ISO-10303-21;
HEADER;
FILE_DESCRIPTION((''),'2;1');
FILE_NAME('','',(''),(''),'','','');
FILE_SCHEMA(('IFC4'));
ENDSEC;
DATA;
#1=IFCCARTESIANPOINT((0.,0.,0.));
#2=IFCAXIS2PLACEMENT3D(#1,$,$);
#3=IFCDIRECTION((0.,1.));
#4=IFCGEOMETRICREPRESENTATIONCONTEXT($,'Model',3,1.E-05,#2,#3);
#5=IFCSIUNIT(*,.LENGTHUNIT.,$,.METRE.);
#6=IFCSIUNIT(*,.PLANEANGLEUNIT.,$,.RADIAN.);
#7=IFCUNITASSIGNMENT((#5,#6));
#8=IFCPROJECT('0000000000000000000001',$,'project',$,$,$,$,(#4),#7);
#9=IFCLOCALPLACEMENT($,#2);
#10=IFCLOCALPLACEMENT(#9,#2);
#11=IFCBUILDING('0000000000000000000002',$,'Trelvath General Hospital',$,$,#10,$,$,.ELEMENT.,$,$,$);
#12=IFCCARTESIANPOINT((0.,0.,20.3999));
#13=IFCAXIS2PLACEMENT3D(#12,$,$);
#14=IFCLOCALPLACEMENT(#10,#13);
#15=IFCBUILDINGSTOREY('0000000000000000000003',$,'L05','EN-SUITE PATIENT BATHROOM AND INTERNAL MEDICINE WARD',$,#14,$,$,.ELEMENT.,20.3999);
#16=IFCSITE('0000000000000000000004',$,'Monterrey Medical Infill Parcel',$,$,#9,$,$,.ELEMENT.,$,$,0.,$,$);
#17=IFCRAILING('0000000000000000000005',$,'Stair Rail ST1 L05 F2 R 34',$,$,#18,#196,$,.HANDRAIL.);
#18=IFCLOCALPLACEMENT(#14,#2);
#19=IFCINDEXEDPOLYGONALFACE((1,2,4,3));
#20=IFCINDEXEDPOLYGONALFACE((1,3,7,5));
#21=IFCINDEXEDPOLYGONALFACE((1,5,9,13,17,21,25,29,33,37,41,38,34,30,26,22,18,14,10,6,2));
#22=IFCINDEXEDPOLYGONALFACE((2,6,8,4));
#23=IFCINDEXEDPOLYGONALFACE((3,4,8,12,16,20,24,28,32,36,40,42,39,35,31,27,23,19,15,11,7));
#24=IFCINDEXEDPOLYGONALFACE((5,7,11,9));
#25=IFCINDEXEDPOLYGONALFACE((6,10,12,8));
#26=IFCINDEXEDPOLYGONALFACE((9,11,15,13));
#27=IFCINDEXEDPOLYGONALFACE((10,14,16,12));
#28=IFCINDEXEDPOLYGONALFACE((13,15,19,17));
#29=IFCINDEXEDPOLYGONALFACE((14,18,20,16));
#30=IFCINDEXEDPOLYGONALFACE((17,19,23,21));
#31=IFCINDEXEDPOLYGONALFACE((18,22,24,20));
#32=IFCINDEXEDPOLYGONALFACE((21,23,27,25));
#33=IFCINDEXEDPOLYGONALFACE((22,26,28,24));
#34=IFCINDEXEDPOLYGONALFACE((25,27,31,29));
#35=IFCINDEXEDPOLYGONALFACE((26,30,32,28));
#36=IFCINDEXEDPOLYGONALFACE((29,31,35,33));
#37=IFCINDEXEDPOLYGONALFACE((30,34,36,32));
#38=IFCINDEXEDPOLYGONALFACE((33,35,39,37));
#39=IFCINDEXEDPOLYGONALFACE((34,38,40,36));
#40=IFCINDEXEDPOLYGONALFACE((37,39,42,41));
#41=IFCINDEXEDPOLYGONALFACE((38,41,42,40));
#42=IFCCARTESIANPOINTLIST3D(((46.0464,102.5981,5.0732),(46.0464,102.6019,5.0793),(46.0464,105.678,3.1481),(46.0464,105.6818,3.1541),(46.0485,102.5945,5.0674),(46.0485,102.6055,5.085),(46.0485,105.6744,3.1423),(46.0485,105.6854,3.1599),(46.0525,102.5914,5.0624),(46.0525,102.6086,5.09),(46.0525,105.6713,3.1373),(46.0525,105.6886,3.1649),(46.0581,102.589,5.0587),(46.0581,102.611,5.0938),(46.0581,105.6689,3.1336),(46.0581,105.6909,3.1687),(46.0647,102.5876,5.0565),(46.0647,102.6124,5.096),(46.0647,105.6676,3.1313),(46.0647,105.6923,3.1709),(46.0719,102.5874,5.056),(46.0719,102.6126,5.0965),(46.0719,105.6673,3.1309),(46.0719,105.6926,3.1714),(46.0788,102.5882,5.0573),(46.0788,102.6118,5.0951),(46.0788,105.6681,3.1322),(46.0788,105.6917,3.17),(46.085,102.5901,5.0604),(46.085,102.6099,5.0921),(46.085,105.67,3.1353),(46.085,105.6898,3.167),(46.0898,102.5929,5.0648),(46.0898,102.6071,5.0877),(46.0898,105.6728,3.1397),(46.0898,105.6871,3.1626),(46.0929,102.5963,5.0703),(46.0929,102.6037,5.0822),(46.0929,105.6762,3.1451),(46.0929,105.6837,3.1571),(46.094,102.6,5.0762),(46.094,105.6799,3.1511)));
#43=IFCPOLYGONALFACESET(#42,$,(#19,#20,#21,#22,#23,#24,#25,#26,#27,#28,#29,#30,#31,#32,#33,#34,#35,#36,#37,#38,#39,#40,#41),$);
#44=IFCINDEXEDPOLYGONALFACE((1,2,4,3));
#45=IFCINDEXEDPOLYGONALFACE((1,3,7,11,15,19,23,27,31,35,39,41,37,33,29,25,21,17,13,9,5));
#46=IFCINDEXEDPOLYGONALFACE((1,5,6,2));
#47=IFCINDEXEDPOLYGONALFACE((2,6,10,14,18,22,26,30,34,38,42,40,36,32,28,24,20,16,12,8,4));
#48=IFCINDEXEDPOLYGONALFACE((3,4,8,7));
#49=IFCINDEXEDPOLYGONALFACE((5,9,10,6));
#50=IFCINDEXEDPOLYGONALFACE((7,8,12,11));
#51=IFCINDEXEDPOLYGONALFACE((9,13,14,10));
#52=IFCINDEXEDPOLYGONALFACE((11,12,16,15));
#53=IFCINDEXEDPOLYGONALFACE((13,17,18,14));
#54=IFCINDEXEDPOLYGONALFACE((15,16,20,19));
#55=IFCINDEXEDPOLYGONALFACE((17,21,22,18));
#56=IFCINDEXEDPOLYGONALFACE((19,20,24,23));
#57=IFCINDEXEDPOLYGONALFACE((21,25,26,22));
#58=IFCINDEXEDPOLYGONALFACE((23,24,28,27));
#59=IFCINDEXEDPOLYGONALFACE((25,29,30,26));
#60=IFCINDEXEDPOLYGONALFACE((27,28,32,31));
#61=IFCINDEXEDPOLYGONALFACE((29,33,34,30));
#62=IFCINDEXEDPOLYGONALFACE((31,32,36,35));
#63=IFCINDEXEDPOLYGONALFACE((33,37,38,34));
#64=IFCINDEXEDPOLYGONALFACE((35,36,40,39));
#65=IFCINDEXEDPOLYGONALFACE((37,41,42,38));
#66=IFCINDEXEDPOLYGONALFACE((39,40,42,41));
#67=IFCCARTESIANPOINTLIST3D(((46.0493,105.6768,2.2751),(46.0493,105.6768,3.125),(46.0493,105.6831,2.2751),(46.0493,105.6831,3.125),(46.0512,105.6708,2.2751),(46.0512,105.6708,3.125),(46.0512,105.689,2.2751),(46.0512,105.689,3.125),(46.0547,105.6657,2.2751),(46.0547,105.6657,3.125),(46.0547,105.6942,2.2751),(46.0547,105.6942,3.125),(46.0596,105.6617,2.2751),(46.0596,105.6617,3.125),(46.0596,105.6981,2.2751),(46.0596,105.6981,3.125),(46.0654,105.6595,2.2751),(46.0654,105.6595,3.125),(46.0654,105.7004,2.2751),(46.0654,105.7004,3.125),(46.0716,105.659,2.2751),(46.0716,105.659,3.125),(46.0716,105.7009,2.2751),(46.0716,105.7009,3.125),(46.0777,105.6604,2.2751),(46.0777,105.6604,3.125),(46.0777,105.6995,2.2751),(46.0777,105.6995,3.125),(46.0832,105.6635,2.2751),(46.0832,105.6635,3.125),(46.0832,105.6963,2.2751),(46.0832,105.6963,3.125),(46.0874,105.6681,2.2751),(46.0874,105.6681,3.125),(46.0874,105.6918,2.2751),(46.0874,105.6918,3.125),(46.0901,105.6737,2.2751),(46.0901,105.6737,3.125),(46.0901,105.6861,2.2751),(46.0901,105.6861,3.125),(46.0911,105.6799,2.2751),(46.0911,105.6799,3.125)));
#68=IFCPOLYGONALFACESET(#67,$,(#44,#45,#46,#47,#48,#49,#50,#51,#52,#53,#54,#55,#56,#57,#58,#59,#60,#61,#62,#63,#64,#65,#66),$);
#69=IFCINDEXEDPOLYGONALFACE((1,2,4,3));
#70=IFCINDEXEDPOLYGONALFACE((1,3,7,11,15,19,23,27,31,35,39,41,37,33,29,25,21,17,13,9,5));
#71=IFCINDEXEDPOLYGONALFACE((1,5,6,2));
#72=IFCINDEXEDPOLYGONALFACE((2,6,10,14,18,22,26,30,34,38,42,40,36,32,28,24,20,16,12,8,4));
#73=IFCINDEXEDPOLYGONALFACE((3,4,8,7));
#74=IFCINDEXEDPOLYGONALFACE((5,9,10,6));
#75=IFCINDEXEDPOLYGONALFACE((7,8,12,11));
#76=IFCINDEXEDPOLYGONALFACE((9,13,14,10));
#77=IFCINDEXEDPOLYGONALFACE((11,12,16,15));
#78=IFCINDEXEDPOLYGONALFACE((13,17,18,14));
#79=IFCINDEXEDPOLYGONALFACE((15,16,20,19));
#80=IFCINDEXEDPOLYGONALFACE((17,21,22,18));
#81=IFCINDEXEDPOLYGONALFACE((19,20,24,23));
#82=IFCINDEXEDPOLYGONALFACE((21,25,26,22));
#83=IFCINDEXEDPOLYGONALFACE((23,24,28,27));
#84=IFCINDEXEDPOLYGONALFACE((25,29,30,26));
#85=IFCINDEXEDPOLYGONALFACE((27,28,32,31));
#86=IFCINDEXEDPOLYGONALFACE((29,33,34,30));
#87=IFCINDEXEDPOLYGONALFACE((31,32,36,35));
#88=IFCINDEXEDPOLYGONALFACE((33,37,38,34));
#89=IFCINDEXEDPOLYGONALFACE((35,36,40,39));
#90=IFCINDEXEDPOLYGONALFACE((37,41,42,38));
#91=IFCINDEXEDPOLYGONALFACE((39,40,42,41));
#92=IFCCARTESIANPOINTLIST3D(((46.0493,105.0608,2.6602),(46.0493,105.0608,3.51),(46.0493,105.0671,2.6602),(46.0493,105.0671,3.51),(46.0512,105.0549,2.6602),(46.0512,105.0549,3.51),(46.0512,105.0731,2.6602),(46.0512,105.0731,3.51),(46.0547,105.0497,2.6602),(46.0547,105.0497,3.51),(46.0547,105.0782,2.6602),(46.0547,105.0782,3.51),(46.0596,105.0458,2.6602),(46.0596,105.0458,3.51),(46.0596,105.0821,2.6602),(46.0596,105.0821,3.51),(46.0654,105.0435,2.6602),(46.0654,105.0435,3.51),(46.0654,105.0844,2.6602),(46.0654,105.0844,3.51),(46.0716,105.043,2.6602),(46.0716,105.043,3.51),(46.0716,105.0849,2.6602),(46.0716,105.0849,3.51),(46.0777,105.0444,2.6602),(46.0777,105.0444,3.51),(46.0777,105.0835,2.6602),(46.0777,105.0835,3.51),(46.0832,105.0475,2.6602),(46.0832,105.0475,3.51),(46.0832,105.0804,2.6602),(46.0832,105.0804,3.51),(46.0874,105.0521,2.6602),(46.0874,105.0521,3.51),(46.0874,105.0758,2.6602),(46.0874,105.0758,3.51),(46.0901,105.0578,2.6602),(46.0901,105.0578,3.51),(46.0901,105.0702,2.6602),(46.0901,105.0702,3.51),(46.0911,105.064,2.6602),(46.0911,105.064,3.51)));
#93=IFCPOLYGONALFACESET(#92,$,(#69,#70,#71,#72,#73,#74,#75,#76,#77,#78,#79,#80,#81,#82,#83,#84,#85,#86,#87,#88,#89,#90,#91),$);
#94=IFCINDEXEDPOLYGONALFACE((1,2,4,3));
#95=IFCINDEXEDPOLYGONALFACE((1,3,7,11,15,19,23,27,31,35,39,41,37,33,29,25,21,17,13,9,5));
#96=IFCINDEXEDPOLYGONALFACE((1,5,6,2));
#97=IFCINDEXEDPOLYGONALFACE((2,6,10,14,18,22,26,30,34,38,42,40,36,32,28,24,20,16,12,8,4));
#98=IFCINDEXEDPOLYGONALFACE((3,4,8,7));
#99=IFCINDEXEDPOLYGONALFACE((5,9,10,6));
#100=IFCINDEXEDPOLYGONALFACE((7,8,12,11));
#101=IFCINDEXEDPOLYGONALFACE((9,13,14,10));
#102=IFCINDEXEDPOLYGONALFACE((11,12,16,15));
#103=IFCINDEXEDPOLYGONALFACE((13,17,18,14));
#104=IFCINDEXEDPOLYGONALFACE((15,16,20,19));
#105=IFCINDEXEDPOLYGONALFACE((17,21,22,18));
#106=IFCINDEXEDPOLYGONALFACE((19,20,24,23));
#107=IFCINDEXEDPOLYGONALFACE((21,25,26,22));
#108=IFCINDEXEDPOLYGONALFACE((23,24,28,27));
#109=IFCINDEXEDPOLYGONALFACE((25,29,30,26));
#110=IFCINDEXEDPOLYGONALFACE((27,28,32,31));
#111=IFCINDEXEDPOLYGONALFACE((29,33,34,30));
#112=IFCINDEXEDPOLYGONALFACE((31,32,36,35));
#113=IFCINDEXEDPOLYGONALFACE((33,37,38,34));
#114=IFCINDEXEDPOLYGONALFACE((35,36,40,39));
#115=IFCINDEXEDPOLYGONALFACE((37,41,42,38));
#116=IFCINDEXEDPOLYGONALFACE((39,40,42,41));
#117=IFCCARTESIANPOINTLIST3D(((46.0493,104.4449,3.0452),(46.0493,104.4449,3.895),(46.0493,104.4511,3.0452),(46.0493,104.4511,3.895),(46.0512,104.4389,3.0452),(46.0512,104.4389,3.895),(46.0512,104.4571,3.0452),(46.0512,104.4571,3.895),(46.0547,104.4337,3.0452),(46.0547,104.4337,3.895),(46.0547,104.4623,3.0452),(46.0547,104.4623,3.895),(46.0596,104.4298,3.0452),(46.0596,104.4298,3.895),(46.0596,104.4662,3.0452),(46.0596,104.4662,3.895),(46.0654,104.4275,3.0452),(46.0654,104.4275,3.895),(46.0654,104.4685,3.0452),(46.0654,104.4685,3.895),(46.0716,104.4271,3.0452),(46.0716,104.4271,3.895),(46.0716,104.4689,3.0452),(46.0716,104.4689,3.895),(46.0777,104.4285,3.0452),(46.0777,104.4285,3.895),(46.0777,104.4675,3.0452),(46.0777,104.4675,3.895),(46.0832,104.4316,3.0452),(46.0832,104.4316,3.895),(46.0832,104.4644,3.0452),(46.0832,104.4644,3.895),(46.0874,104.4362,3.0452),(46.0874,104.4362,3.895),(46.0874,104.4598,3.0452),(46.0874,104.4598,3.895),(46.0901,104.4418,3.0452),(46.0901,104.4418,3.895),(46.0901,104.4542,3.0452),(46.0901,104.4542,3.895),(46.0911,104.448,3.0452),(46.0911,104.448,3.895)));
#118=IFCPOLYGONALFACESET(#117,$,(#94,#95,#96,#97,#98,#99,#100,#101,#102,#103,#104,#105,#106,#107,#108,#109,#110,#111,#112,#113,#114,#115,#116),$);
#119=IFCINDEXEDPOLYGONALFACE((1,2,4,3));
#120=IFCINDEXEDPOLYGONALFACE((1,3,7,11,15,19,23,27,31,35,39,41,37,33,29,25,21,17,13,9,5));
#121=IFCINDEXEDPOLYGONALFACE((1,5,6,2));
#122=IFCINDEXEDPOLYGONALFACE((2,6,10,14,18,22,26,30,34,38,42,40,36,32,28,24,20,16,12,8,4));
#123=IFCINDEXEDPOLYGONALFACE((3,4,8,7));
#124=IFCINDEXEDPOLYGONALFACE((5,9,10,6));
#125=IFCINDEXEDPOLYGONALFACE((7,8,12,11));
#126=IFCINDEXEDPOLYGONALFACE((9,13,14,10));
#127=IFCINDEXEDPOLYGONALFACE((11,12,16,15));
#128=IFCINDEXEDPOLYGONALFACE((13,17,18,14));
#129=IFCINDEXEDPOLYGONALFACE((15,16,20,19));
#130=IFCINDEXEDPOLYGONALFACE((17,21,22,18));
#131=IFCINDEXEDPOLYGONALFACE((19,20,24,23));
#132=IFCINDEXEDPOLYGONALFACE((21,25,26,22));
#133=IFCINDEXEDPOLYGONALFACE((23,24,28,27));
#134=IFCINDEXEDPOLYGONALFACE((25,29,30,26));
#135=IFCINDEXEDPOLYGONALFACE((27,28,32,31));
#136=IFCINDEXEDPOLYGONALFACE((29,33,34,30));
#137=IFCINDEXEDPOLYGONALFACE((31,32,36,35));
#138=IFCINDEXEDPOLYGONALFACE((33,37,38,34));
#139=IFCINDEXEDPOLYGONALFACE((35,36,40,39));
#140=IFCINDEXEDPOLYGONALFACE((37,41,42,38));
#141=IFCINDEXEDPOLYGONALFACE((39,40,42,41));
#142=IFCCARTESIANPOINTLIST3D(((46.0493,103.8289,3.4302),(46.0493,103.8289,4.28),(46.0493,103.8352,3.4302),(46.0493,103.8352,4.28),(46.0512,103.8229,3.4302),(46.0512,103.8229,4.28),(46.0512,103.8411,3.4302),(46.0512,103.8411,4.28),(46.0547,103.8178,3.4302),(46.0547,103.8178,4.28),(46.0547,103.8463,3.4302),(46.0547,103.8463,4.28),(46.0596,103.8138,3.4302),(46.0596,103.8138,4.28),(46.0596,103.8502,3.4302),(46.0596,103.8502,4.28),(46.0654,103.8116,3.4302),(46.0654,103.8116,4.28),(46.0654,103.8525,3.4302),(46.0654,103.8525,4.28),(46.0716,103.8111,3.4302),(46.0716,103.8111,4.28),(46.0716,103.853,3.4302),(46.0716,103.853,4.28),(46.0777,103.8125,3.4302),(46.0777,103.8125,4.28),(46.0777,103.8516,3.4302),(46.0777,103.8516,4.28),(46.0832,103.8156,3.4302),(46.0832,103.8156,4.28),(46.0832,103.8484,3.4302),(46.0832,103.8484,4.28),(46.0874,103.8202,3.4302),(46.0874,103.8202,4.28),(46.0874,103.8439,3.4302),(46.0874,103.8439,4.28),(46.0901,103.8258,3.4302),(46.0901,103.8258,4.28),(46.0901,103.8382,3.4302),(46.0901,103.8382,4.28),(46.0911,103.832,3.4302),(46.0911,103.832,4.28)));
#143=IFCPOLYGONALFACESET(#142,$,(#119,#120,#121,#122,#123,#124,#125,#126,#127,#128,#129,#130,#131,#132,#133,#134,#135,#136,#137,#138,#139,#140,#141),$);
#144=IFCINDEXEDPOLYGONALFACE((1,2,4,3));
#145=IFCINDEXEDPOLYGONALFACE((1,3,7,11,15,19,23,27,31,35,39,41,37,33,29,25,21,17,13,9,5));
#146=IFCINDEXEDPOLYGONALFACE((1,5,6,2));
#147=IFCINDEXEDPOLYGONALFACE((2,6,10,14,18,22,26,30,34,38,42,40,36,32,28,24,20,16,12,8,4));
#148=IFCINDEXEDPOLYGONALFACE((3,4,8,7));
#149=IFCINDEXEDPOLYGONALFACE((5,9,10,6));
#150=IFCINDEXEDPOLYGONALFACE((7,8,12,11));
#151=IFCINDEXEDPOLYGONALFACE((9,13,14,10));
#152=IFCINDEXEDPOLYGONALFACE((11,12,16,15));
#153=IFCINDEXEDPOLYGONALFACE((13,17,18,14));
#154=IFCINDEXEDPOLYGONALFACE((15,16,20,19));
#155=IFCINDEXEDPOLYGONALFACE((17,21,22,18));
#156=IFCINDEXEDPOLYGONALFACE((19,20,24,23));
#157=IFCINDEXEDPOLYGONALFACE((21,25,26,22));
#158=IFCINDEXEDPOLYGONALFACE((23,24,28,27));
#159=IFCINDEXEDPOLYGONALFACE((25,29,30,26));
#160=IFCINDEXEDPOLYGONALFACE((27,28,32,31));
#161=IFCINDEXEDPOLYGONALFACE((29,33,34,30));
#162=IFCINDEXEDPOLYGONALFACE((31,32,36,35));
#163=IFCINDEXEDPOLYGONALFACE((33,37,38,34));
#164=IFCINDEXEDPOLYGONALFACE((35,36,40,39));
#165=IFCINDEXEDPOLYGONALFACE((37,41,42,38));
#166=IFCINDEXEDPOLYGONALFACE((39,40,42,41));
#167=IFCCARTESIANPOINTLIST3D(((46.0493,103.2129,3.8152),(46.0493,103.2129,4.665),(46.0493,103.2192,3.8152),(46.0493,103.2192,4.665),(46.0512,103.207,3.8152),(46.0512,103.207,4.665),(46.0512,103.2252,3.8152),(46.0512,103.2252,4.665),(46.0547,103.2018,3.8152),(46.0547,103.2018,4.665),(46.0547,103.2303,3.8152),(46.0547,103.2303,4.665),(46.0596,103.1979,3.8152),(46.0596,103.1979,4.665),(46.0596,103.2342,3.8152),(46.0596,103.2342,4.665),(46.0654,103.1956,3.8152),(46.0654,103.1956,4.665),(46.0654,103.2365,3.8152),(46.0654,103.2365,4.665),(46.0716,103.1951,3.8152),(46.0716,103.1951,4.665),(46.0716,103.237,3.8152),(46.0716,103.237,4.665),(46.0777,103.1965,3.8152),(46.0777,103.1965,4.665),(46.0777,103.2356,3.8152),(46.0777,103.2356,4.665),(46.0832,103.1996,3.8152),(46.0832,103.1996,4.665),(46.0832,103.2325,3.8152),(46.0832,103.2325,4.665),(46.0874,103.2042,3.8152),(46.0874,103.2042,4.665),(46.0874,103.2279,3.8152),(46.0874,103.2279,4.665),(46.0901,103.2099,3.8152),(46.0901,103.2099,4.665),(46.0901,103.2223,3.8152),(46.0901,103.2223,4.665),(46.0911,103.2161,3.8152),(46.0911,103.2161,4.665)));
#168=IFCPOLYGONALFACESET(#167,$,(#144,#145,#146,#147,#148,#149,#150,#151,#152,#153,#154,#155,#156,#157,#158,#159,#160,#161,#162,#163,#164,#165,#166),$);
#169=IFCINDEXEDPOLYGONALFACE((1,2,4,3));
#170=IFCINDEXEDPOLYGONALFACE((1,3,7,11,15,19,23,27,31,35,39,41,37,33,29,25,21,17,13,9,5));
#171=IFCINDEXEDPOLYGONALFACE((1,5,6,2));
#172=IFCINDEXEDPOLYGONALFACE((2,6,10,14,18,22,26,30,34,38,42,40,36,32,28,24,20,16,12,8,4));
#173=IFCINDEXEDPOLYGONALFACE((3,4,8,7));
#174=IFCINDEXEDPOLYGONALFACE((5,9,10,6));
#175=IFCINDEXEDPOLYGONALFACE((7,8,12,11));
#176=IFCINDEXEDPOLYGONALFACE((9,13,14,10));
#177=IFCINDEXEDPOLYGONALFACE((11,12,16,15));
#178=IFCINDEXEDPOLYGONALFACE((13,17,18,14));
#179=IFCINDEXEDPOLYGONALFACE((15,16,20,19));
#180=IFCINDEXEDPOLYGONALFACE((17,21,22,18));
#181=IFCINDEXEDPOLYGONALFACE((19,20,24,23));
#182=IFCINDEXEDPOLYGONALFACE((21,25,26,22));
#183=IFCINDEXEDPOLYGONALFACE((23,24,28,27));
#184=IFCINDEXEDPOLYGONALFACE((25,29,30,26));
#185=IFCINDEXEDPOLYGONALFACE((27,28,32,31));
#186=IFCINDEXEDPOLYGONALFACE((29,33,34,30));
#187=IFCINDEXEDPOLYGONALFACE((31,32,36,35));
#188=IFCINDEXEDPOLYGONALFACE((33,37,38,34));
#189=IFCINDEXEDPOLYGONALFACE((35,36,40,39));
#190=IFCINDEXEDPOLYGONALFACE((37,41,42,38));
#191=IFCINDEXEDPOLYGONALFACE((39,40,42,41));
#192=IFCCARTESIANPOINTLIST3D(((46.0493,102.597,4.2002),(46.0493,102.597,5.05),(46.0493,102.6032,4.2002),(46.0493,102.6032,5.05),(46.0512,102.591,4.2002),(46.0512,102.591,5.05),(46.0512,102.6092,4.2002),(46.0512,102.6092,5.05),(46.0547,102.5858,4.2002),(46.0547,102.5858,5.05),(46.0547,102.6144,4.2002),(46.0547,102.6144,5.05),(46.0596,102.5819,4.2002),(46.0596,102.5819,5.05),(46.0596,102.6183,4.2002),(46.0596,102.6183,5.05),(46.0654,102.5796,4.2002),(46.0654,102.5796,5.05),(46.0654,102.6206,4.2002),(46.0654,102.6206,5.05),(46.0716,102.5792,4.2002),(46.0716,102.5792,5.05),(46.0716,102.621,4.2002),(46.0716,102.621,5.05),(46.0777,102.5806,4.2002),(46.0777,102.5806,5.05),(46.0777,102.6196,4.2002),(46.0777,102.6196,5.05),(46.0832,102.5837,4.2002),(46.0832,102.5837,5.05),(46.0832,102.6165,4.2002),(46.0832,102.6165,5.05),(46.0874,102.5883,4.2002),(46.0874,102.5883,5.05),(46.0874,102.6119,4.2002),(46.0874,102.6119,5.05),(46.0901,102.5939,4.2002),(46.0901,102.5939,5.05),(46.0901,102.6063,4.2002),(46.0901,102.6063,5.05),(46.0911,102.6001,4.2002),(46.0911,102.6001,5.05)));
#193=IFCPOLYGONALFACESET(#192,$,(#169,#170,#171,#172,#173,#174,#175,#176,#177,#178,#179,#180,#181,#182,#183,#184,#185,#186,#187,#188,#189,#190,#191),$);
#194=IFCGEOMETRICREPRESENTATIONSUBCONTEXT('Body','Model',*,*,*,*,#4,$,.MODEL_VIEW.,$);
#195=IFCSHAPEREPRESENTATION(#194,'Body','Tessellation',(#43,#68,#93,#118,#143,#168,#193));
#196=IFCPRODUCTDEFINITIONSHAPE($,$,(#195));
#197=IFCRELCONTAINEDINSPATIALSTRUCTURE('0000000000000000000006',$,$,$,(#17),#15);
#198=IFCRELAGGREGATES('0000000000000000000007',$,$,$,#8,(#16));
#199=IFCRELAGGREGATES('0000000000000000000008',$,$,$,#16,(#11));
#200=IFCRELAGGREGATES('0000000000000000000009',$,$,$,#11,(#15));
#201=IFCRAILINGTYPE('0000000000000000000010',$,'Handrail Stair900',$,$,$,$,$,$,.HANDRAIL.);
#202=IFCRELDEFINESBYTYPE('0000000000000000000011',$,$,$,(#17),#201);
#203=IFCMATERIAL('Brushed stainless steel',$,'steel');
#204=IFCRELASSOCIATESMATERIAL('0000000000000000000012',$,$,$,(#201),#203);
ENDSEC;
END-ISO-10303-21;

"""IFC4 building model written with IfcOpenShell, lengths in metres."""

from ifc_helpers import new_model, si_unit, direction, frame, origin, origin_2d, place, context, subcontext, project, spatial, circle, extrude, material, type_object, element, save


model = new_model("IFC4")

# Units and contexts
model_context = context("Model", 3, precision=1e-05, world=origin(), true_north=direction((0.0, 1.0)))
body_context = subcontext(model_context, "Body", "Model", "MODEL_VIEW")
ifc_project = project(units=[si_unit("LENGTHUNIT", "METRE"), si_unit("PLANEANGLEUNIT", "RADIAN")], contexts=[model_context])

# Site, building, storey
site_placement = place(None, origin())
site = spatial("IfcSite", under=ifc_project, at=site_placement, Name="Monterrey Medical Infill Parcel", CompositionType="ELEMENT", RefElevation=0.0)
building_placement = place(site_placement, origin())
building = spatial("IfcBuilding", under=site, at=building_placement, Name="Trelvath General Hospital", CompositionType="ELEMENT")
storey_placement = place(building_placement, frame((0.0, 0.0, 20.3999)))
storey = spatial("IfcBuildingStorey", under=building, at=storey_placement, Name="L05", Description="EN-SUITE PATIENT BATHROOM AND INTERNAL MEDICINE WARD", CompositionType="ELEMENT", Elevation=20.3999)

# Railing
ifc_material_1 = material(Name="Brushed stainless steel", Category="steel")
railing_type_1 = type_object("IfcRailingType", Name="Handrail Stair900", PredefinedType="HANDRAIL", material=ifc_material_1)
railing_1_placement = place(storey_placement, frame((46.0701, 105.6799, 2.2751)))
element("IfcRailing", 1, at=railing_1_placement, inside=storey, type_object=railing_type_1, Name="Stair Rail ST1 L05 F2 R 34", PredefinedType="HANDRAIL", context=body_context, shape_type="SweptSolid", body=[
    extrude(circle(Radius=0.0239, at=origin_2d()), frame((0.0, 0.0, 0.876), z_axis=(0.0, -0.847979, 0.530029), x_axis=(1.0, 0.0, 0.0)), (0.0, 0.0, 1.0), 3.6321),
    extrude(circle(Radius=0.021, at=origin_2d()), origin(), (0.0, 0.0, 1.0), 0.8499),
    extrude(circle(Radius=0.021, at=origin_2d()), frame((0.0, -0.616, 0.385)), (0.0, 0.0, 1.0), 0.8499),
    extrude(circle(Radius=0.021, at=origin_2d()), frame((0.0, -1.2319, 0.77)), (0.0, 0.0, 1.0), 0.8499),
    extrude(circle(Radius=0.021, at=origin_2d()), frame((0.0, -1.8479, 1.155)), (0.0, 0.0, 1.0), 0.8499),
    extrude(circle(Radius=0.021, at=origin_2d()), frame((0.0, -2.4639, 1.54)), (0.0, 0.0, 1.0), 0.8499),
    extrude(circle(Radius=0.021, at=origin_2d()), frame((0.0, -3.0798, 1.925)), (0.0, 0.0, 1.0), 0.8499),
])

save(model, "model.ifc")
